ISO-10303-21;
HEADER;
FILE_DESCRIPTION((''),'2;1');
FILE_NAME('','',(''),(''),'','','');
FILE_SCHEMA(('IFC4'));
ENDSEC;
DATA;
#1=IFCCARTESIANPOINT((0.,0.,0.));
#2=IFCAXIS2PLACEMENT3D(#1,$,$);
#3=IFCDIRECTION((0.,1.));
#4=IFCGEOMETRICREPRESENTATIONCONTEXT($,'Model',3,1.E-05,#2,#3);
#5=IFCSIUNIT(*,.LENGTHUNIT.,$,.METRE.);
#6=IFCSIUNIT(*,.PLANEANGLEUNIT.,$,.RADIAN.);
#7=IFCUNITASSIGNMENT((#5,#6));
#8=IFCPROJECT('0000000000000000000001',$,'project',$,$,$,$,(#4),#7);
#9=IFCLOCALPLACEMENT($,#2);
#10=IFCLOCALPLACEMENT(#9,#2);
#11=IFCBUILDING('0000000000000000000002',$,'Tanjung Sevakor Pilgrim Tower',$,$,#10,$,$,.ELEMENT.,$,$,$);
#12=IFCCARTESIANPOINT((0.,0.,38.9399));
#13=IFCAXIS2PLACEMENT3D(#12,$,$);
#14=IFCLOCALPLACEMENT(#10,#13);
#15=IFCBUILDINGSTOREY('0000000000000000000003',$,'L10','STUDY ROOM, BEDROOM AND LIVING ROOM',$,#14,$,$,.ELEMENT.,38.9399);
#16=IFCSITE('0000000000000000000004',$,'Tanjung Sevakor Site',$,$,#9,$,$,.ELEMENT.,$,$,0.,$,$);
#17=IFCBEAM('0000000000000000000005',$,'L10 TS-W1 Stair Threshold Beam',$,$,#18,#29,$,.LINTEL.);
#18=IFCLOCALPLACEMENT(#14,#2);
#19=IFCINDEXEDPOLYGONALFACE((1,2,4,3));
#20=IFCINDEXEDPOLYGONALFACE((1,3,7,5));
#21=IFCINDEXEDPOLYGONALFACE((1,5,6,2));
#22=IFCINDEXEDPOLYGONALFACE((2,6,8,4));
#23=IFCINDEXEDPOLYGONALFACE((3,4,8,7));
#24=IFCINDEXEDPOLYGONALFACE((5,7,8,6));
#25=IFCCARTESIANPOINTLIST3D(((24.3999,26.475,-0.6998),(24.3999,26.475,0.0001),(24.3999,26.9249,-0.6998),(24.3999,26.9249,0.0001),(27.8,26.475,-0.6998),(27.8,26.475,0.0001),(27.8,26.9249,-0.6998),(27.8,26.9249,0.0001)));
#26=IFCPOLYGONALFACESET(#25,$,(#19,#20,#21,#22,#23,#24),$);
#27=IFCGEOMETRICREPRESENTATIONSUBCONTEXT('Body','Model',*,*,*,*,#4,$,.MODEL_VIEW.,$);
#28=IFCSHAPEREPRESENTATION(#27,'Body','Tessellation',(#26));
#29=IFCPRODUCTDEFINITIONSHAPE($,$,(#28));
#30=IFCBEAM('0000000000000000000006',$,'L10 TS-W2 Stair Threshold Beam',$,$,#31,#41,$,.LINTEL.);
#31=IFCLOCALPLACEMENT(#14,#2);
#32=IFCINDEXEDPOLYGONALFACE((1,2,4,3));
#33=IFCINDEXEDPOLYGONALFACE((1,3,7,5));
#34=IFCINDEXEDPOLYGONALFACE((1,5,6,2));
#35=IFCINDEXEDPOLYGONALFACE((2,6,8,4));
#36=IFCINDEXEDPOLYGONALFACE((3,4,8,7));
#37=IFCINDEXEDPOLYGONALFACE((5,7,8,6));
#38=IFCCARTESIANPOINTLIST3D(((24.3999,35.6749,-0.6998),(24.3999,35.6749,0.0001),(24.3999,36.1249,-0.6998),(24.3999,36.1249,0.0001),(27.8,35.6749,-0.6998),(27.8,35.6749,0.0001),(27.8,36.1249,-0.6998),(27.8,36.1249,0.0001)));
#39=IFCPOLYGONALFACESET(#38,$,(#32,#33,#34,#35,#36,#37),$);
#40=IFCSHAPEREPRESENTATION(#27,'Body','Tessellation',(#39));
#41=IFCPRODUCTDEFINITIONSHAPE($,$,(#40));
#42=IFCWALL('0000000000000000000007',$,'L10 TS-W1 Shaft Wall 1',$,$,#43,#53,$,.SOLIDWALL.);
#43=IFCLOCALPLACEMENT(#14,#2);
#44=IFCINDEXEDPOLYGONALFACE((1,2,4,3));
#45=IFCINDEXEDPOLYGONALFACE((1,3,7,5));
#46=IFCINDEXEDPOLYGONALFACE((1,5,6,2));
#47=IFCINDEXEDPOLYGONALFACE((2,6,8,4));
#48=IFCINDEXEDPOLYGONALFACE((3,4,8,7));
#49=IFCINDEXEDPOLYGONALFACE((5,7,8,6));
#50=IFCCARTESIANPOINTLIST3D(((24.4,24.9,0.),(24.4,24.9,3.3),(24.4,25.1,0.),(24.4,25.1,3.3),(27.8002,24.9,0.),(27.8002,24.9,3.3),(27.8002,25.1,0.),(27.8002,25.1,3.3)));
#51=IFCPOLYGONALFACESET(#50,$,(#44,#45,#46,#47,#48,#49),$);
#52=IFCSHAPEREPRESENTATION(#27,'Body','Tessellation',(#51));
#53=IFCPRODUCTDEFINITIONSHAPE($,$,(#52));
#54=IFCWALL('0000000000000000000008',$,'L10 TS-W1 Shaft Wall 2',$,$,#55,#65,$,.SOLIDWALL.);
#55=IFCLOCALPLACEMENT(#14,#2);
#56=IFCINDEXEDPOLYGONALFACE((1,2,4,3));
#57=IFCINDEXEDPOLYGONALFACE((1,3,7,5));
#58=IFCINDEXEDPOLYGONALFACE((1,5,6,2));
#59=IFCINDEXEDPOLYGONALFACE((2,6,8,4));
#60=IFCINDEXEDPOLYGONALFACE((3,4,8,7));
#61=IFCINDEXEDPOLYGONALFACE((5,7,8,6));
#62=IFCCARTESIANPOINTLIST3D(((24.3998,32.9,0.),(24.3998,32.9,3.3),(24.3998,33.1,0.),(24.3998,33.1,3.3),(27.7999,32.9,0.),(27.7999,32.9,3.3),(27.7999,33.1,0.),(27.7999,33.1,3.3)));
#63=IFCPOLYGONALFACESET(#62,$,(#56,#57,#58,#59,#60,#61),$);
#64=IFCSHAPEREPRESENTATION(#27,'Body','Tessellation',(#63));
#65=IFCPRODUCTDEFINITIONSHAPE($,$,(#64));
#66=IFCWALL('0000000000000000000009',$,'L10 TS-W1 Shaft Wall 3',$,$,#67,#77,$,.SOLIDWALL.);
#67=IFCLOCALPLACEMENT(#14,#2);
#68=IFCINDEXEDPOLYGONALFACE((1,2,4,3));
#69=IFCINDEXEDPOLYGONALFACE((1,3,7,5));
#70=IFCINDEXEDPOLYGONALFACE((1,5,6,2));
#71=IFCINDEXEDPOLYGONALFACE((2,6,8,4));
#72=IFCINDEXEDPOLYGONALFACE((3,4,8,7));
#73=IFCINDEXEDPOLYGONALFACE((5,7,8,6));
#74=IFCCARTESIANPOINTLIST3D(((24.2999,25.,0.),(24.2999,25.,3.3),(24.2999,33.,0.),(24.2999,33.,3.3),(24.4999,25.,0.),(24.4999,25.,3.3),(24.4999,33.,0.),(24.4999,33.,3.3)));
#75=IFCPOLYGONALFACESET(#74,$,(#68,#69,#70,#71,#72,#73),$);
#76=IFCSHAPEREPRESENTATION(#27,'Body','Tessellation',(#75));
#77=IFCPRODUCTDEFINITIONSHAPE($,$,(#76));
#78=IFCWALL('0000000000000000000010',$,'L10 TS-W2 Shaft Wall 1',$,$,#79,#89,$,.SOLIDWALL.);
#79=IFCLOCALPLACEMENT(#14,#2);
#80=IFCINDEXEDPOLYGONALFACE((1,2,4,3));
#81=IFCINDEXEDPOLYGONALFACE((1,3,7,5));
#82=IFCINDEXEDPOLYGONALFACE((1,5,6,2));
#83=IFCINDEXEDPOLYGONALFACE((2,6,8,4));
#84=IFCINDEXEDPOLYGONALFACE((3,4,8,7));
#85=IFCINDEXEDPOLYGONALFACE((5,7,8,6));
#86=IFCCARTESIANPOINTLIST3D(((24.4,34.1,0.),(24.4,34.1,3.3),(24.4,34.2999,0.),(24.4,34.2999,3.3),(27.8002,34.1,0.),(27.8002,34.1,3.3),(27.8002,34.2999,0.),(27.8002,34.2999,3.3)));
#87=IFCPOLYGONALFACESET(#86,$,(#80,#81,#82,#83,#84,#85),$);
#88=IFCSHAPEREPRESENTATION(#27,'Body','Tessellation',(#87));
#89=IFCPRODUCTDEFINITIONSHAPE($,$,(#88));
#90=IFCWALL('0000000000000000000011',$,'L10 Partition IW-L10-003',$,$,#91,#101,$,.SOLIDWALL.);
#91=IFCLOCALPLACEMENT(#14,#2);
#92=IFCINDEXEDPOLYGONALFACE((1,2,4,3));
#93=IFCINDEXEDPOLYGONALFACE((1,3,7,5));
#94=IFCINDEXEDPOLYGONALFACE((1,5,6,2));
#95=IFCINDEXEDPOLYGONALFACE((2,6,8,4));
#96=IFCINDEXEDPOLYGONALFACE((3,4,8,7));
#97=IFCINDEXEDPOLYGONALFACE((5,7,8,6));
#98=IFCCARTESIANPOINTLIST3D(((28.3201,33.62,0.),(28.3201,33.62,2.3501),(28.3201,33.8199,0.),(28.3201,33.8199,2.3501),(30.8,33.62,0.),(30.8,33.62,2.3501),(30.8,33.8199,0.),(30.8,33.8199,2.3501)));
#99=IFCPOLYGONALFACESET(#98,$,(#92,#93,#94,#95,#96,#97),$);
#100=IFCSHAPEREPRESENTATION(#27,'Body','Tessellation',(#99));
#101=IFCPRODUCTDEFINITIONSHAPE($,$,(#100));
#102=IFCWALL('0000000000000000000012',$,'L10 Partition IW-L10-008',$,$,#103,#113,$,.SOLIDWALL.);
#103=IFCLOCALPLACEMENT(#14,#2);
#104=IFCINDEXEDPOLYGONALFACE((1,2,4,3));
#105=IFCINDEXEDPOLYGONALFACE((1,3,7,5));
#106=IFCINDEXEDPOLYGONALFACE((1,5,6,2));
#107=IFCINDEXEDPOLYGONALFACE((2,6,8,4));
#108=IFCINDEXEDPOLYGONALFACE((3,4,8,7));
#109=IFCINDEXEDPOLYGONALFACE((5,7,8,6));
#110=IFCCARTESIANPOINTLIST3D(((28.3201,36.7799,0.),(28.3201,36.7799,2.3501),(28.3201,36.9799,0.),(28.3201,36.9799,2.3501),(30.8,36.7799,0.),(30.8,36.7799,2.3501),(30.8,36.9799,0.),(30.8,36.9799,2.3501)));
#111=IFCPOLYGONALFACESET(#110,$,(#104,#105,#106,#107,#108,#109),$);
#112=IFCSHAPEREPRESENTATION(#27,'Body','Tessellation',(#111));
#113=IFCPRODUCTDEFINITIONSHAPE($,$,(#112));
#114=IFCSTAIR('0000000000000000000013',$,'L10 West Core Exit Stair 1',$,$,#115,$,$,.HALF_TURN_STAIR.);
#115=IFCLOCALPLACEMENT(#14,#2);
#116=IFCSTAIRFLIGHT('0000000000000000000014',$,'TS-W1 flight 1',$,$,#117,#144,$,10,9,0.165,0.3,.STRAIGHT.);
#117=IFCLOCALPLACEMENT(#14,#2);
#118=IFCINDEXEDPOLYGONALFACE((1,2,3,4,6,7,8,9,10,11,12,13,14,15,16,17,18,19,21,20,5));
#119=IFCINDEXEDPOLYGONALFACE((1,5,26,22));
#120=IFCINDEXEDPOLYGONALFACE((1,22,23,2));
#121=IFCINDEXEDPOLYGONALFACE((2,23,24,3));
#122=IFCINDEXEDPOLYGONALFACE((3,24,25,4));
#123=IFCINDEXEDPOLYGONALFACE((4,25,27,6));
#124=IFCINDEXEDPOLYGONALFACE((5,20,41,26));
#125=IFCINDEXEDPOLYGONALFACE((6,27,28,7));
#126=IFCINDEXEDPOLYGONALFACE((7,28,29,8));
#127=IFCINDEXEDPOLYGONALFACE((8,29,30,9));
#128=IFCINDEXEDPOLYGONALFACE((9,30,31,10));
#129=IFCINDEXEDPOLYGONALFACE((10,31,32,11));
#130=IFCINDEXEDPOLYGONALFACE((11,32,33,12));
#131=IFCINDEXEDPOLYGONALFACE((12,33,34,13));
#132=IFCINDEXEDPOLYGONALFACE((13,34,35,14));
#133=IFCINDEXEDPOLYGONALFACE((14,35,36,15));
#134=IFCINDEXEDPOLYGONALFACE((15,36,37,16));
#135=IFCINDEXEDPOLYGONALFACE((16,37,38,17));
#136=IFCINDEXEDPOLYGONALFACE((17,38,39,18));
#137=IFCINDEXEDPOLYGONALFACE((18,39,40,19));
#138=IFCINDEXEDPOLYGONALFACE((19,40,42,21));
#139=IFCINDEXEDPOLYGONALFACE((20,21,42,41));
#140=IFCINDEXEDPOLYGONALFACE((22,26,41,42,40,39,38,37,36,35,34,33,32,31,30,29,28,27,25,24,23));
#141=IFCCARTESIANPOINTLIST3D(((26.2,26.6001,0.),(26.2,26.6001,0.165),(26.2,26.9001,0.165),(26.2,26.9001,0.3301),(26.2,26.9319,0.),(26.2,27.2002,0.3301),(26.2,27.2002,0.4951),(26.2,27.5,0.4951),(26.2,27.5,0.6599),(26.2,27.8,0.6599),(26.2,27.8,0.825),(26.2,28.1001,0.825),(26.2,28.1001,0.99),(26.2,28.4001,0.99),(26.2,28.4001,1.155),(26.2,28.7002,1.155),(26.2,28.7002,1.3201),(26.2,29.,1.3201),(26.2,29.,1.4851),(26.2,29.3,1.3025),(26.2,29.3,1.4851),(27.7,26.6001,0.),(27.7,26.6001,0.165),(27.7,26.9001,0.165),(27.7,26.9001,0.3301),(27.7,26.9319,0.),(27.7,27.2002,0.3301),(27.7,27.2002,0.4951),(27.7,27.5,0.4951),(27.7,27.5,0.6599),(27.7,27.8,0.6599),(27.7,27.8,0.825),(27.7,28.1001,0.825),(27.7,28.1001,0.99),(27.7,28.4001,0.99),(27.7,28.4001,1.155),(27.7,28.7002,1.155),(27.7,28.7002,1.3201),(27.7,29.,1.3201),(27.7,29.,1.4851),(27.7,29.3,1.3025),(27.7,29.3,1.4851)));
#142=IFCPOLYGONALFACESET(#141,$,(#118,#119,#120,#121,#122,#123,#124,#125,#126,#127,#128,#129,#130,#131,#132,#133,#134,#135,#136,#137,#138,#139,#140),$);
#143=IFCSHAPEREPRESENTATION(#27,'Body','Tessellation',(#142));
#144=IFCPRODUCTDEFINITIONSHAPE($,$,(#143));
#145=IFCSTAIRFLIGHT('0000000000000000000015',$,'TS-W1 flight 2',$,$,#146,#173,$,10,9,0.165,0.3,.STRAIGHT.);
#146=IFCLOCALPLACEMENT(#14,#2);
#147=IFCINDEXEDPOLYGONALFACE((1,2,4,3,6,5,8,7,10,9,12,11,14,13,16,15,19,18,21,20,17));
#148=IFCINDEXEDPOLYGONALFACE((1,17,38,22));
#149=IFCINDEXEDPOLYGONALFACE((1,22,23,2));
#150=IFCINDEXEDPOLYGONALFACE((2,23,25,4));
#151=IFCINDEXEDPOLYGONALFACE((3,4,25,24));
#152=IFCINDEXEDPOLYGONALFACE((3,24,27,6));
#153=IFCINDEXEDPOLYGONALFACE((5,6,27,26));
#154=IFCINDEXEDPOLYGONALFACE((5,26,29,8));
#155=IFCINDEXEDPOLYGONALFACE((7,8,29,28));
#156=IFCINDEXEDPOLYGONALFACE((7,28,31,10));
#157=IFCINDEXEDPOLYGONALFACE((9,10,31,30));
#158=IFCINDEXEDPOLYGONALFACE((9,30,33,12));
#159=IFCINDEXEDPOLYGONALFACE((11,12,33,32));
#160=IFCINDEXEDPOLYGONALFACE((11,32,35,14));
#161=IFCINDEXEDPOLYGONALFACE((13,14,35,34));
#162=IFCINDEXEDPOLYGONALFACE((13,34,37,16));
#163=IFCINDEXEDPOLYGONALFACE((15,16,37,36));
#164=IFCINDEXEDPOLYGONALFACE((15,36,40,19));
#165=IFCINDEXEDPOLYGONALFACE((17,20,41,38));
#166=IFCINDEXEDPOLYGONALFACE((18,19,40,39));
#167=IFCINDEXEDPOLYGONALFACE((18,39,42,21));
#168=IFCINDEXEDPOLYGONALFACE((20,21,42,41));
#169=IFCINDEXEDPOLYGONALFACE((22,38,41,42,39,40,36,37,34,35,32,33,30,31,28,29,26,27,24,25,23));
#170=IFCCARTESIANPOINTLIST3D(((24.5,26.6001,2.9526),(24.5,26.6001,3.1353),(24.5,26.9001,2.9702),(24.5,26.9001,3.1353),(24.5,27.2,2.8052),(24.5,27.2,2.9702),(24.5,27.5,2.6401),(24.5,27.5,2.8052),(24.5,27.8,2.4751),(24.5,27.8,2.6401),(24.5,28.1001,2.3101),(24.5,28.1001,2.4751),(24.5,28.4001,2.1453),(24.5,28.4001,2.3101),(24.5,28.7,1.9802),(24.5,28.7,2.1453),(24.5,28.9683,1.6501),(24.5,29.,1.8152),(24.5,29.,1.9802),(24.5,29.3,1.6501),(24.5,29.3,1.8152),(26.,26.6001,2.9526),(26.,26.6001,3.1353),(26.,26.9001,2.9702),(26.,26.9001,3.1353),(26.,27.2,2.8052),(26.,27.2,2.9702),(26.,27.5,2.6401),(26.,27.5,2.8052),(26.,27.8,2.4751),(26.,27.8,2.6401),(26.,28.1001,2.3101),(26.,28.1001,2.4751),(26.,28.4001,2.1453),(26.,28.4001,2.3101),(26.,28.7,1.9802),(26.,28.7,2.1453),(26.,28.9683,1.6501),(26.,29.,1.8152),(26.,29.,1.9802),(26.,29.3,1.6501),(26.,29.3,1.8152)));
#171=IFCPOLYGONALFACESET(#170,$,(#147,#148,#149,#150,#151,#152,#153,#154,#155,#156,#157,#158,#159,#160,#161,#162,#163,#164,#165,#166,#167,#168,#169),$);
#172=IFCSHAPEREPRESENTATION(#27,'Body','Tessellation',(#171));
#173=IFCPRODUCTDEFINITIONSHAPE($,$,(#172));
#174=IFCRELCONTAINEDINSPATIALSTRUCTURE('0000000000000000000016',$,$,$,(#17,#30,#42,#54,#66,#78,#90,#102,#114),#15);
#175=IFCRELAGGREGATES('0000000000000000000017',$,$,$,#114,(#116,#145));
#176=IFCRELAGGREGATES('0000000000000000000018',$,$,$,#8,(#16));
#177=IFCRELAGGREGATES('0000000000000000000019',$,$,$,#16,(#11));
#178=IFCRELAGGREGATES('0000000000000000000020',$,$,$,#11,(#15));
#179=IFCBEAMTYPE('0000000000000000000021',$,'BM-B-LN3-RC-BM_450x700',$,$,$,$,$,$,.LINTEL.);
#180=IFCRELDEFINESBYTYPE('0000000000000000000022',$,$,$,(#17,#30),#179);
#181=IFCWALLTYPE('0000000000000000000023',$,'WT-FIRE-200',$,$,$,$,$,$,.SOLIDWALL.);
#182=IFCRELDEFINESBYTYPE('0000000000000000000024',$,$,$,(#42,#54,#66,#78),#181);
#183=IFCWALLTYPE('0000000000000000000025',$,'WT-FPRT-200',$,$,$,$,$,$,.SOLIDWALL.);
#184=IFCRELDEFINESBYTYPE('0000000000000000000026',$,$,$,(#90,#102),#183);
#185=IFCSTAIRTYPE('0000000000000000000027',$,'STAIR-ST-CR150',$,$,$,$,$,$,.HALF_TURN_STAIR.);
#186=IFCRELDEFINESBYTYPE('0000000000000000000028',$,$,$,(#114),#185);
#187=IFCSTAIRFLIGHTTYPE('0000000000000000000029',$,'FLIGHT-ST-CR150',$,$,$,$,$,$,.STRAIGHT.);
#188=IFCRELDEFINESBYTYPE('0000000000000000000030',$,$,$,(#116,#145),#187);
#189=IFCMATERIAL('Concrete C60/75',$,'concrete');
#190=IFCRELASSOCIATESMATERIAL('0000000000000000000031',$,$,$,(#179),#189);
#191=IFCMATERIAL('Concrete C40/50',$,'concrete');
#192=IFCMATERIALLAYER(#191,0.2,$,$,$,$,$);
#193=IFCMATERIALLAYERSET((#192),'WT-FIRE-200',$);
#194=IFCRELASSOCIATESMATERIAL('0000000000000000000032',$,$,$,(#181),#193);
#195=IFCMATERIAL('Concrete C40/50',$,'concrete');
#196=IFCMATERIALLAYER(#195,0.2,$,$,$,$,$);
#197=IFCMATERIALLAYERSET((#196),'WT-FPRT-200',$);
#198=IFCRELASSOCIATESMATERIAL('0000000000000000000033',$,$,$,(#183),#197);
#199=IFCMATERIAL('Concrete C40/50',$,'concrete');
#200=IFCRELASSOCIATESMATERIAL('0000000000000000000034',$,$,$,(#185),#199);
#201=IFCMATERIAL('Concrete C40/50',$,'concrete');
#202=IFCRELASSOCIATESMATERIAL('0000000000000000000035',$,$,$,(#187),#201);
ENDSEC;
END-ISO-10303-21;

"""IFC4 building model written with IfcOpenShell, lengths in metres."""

from ifc_helpers import new_model, si_unit, direction, frame, frame_2d, origin, origin_2d, place, context, subcontext, project, spatial, polyline, rectangle, outline, extrude, material, layer, layer_set, material_profile, profile_set, type_object, element, aggregate, save


model = new_model("IFC4")

# Units and contexts
model_context = context("Model", 3, precision=1e-05, world=origin(), true_north=direction((0.0, 1.0)))
body_context = subcontext(model_context, "Body", "Model", "MODEL_VIEW")
ifc_project = project(units=[si_unit("LENGTHUNIT", "METRE"), si_unit("PLANEANGLEUNIT", "RADIAN")], contexts=[model_context])

# Site, building, storey
site_placement = place(None, origin())
site = spatial("IfcSite", under=ifc_project, at=site_placement, Name="Tanjung Sevakor Site", CompositionType="ELEMENT", RefElevation=0.0)
building_placement = place(site_placement, origin())
building = spatial("IfcBuilding", under=site, at=building_placement, Name="Tanjung Sevakor Pilgrim Tower", CompositionType="ELEMENT")
storey_placement = place(building_placement, frame((0.0, 0.0, 38.9399)))
storey = spatial("IfcBuildingStorey", under=building, at=storey_placement, Name="L10", Description="STUDY ROOM, BEDROOM AND LIVING ROOM", CompositionType="ELEMENT", Elevation=38.9399)

# Beams
ifc_material_1 = material(Name="Concrete C60/75", Category="concrete")
ifc_material_profile = material_profile(ifc_material_1, rectangle(XDim=0.45, YDim=0.7, at=origin_2d()))
ifc_profile_set = profile_set([ifc_material_profile], Name="Concrete C60/75")
beam_type = type_object("IfcBeamType", Name="BM-B-LN3-RC-BM_450x700", PredefinedType="LINTEL", material=ifc_profile_set)
for number, where, z_axis, x_axis, name in (
    (1, (24.3999, 26.7, -0.3499), (1.0, 0.0, 0.0), (0.0, 1.0, 0.0), "L10 TS-W1 Stair Threshold Beam"),
    (2, (24.3999, 35.8999, -0.3499), (1.0, 0.0, 0.0), (0.0, 1.0, 0.0), "L10 TS-W2 Stair Threshold Beam"),
):
    element("IfcBeam", number, at=place(storey_placement, frame(where, z_axis=z_axis, x_axis=x_axis)), inside=storey, type_object=beam_type, Name=name, PredefinedType="LINTEL", context=body_context, shape_type="SweptSolid", body=[
        extrude(rectangle(XDim=0.45, YDim=0.7, at=origin_2d()), origin(), (0.0, 0.0, 1.0), 3.4001),
    ])

# Walls
ifc_material_2 = material(Name="Concrete C40/50", Category="concrete")
ifc_layer_1 = layer(ifc_material_2, 0.2)
ifc_layer_set_1 = layer_set([ifc_layer_1], Name="WT-FIRE-200")
wall_type_1 = type_object("IfcWallType", Name="WT-FIRE-200", PredefinedType="SOLIDWALL", material=ifc_layer_set_1)
for number, where, z_axis, x_axis, name in (
    (3, (24.3999, 25.0, 0.0), (0.0, 0.0, 1.0), (1.0, 0.0, 0.0), "L10 TS-W1 Shaft Wall 1"),
    (4, (27.8, 33.0, 0.0), (0.0, 0.0, 1.0), (-1.0, 0.0, 0.0), "L10 TS-W1 Shaft Wall 2"),
):
    element("IfcWall", number, at=place(storey_placement, frame(where, z_axis=z_axis, x_axis=x_axis)), inside=storey, type_object=wall_type_1, Name=name, PredefinedType="SOLIDWALL", context=body_context, shape_type="SweptSolid", body=[
        extrude(rectangle(XDim=3.4001, YDim=0.2, at=frame_2d((1.7002, 0.0))), origin(), (0.0, 0.0, 1.0), 3.3),
    ])
wall_1_placement = place(storey_placement, frame((24.3999, 33.0, 0.0), z_axis=(0.0, 0.0, 1.0), x_axis=(0.0, -1.0, 0.0)))
element("IfcWall", 5, at=wall_1_placement, inside=storey, type_object=wall_type_1, Name="L10 TS-W1 Shaft Wall 3", PredefinedType="SOLIDWALL", context=body_context, shape_type="SweptSolid", body=[
    extrude(rectangle(XDim=8.0, YDim=0.2, at=frame_2d((4.0, 0.0))), origin(), (0.0, 0.0, 1.0), 3.3),
])
wall_2_placement = place(storey_placement, frame((24.3999, 34.2, 0.0), z_axis=(0.0, 0.0, 1.0), x_axis=(1.0, 0.0, 0.0)))
element("IfcWall", 6, at=wall_2_placement, inside=storey, type_object=wall_type_1, Name="L10 TS-W2 Shaft Wall 1", PredefinedType="SOLIDWALL", context=body_context, shape_type="SweptSolid", body=[
    extrude(rectangle(XDim=3.4001, YDim=0.2, at=frame_2d((1.7002, 0.0))), origin(), (0.0, 0.0, 1.0), 3.3),
])

# Shared definitions
ifc_material_3 = material(Name="Concrete C40/50", Category="concrete")
ifc_layer_2 = layer(ifc_material_3, 0.2)
ifc_layer_set_2 = layer_set([ifc_layer_2], Name="WT-FPRT-200")
wall_type_2 = type_object("IfcWallType", Name="WT-FPRT-200", PredefinedType="SOLIDWALL", material=ifc_layer_set_2)

# Walls
for number, where, z_axis, x_axis, name in (
    (7, (28.3201, 33.72, 0.0), (0.0, 0.0, 1.0), (1.0, 0.0, 0.0), "L10 Partition IW-L10-003"),
    (8, (28.3201, 36.8799, 0.0), (0.0, 0.0, 1.0), (1.0, 0.0, 0.0), "L10 Partition IW-L10-008"),
):
    element("IfcWall", number, at=place(storey_placement, frame(where, z_axis=z_axis, x_axis=x_axis)), inside=storey, type_object=wall_type_2, Name=name, PredefinedType="SOLIDWALL", context=body_context, shape_type="SweptSolid", body=[
        extrude(rectangle(XDim=2.48, YDim=0.2, at=frame_2d((1.24, 0.0))), origin(), (0.0, 0.0, 1.0), 2.3501),
    ])

# Stair, stair flights
ifc_material_4 = material(Name="Concrete C40/50", Category="concrete")
stair_type = type_object("IfcStairType", Name="STAIR-ST-CR150", PredefinedType="HALF_TURN_STAIR", material=ifc_material_4)
stair_1_placement = place(storey_placement, origin())
stair_1 = element("IfcStair", 9, at=stair_1_placement, inside=storey, type_object=stair_type, Name="L10 West Core Exit Stair 1", PredefinedType="HALF_TURN_STAIR")
ifc_material_5 = material(Name="Concrete C40/50", Category="concrete")
stair_flight_type = type_object("IfcStairFlightType", Name="FLIGHT-ST-CR150", PredefinedType="STRAIGHT", material=ifc_material_5)
stair_flight_1_placement = place(storey_placement, frame((26.95, 26.6001, 0.0), z_axis=(0.0, 0.0, 1.0), x_axis=(0.0, 1.0, 0.0)))
stair_flight_1 = element("IfcStairFlight", 10, at=stair_flight_1_placement, type_object=stair_flight_type, Name="TS-W1 flight 1", NumberOfRisers=10, NumberOfTreads=9, PredefinedType="STRAIGHT", RiserHeight=0.165, TreadLength=0.3, context=body_context, shape_type="SweptSolid", body=[
    extrude(outline(polyline([(0.0, 0.0), (0.0, 0.165), (0.3, 0.165), (0.3, 0.3301), (0.6001, 0.3301), (0.6001, 0.4951), (0.8999, 0.4951), (0.8999, 0.6599), (1.2, 0.6599), (1.2, 0.825), (1.5, 0.825), (1.5, 0.99), (1.8, 0.99), (1.8, 1.155), (2.1001, 1.155), (2.1001, 1.3201), (2.3999, 1.3201), (2.3999, 1.4851), (2.7, 1.4851), (2.7, 1.6499), (2.7, 1.3025), (0.3318, 0.0), (0.0, 0.0)])), frame((0.0, 0.75, 0.0), z_axis=(0.0, -1.0, 0.0), x_axis=(1.0, 0.0, 0.0)), (0.0, 0.0, 1.0), 1.5),
])
stair_flight_2_placement = place(storey_placement, frame((25.25, 29.3, 1.6501), z_axis=(0.0, 0.0, 1.0), x_axis=(0.0, -1.0, 0.0)))
stair_flight_2 = element("IfcStairFlight", 11, at=stair_flight_2_placement, type_object=stair_flight_type, Name="TS-W1 flight 2", NumberOfRisers=10, NumberOfTreads=9, PredefinedType="STRAIGHT", RiserHeight=0.165, TreadLength=0.3, context=body_context, shape_type="SweptSolid", body=[
    extrude(outline(polyline([(0.0, 0.0), (0.0, 0.165), (0.3, 0.165), (0.3, 0.3301), (0.6001, 0.3301), (0.6001, 0.4951), (0.8999, 0.4951), (0.8999, 0.6599), (1.2, 0.6599), (1.2, 0.825), (1.5, 0.825), (1.5, 0.99), (1.8, 0.99), (1.8, 1.155), (2.1001, 1.155), (2.1001, 1.3201), (2.3999, 1.3201), (2.3999, 1.4851), (2.7, 1.4851), (2.7, 1.6499), (2.7, 1.3025), (0.3318, 0.0), (0.0, 0.0)])), frame((0.0, 0.75, 0.0), z_axis=(0.0, -1.0, 0.0), x_axis=(1.0, 0.0, 0.0)), (0.0, 0.0, 1.0), 1.5),
])
aggregate(stair_1, [stair_flight_1, stair_flight_2])

save(model, "model.ifc")
